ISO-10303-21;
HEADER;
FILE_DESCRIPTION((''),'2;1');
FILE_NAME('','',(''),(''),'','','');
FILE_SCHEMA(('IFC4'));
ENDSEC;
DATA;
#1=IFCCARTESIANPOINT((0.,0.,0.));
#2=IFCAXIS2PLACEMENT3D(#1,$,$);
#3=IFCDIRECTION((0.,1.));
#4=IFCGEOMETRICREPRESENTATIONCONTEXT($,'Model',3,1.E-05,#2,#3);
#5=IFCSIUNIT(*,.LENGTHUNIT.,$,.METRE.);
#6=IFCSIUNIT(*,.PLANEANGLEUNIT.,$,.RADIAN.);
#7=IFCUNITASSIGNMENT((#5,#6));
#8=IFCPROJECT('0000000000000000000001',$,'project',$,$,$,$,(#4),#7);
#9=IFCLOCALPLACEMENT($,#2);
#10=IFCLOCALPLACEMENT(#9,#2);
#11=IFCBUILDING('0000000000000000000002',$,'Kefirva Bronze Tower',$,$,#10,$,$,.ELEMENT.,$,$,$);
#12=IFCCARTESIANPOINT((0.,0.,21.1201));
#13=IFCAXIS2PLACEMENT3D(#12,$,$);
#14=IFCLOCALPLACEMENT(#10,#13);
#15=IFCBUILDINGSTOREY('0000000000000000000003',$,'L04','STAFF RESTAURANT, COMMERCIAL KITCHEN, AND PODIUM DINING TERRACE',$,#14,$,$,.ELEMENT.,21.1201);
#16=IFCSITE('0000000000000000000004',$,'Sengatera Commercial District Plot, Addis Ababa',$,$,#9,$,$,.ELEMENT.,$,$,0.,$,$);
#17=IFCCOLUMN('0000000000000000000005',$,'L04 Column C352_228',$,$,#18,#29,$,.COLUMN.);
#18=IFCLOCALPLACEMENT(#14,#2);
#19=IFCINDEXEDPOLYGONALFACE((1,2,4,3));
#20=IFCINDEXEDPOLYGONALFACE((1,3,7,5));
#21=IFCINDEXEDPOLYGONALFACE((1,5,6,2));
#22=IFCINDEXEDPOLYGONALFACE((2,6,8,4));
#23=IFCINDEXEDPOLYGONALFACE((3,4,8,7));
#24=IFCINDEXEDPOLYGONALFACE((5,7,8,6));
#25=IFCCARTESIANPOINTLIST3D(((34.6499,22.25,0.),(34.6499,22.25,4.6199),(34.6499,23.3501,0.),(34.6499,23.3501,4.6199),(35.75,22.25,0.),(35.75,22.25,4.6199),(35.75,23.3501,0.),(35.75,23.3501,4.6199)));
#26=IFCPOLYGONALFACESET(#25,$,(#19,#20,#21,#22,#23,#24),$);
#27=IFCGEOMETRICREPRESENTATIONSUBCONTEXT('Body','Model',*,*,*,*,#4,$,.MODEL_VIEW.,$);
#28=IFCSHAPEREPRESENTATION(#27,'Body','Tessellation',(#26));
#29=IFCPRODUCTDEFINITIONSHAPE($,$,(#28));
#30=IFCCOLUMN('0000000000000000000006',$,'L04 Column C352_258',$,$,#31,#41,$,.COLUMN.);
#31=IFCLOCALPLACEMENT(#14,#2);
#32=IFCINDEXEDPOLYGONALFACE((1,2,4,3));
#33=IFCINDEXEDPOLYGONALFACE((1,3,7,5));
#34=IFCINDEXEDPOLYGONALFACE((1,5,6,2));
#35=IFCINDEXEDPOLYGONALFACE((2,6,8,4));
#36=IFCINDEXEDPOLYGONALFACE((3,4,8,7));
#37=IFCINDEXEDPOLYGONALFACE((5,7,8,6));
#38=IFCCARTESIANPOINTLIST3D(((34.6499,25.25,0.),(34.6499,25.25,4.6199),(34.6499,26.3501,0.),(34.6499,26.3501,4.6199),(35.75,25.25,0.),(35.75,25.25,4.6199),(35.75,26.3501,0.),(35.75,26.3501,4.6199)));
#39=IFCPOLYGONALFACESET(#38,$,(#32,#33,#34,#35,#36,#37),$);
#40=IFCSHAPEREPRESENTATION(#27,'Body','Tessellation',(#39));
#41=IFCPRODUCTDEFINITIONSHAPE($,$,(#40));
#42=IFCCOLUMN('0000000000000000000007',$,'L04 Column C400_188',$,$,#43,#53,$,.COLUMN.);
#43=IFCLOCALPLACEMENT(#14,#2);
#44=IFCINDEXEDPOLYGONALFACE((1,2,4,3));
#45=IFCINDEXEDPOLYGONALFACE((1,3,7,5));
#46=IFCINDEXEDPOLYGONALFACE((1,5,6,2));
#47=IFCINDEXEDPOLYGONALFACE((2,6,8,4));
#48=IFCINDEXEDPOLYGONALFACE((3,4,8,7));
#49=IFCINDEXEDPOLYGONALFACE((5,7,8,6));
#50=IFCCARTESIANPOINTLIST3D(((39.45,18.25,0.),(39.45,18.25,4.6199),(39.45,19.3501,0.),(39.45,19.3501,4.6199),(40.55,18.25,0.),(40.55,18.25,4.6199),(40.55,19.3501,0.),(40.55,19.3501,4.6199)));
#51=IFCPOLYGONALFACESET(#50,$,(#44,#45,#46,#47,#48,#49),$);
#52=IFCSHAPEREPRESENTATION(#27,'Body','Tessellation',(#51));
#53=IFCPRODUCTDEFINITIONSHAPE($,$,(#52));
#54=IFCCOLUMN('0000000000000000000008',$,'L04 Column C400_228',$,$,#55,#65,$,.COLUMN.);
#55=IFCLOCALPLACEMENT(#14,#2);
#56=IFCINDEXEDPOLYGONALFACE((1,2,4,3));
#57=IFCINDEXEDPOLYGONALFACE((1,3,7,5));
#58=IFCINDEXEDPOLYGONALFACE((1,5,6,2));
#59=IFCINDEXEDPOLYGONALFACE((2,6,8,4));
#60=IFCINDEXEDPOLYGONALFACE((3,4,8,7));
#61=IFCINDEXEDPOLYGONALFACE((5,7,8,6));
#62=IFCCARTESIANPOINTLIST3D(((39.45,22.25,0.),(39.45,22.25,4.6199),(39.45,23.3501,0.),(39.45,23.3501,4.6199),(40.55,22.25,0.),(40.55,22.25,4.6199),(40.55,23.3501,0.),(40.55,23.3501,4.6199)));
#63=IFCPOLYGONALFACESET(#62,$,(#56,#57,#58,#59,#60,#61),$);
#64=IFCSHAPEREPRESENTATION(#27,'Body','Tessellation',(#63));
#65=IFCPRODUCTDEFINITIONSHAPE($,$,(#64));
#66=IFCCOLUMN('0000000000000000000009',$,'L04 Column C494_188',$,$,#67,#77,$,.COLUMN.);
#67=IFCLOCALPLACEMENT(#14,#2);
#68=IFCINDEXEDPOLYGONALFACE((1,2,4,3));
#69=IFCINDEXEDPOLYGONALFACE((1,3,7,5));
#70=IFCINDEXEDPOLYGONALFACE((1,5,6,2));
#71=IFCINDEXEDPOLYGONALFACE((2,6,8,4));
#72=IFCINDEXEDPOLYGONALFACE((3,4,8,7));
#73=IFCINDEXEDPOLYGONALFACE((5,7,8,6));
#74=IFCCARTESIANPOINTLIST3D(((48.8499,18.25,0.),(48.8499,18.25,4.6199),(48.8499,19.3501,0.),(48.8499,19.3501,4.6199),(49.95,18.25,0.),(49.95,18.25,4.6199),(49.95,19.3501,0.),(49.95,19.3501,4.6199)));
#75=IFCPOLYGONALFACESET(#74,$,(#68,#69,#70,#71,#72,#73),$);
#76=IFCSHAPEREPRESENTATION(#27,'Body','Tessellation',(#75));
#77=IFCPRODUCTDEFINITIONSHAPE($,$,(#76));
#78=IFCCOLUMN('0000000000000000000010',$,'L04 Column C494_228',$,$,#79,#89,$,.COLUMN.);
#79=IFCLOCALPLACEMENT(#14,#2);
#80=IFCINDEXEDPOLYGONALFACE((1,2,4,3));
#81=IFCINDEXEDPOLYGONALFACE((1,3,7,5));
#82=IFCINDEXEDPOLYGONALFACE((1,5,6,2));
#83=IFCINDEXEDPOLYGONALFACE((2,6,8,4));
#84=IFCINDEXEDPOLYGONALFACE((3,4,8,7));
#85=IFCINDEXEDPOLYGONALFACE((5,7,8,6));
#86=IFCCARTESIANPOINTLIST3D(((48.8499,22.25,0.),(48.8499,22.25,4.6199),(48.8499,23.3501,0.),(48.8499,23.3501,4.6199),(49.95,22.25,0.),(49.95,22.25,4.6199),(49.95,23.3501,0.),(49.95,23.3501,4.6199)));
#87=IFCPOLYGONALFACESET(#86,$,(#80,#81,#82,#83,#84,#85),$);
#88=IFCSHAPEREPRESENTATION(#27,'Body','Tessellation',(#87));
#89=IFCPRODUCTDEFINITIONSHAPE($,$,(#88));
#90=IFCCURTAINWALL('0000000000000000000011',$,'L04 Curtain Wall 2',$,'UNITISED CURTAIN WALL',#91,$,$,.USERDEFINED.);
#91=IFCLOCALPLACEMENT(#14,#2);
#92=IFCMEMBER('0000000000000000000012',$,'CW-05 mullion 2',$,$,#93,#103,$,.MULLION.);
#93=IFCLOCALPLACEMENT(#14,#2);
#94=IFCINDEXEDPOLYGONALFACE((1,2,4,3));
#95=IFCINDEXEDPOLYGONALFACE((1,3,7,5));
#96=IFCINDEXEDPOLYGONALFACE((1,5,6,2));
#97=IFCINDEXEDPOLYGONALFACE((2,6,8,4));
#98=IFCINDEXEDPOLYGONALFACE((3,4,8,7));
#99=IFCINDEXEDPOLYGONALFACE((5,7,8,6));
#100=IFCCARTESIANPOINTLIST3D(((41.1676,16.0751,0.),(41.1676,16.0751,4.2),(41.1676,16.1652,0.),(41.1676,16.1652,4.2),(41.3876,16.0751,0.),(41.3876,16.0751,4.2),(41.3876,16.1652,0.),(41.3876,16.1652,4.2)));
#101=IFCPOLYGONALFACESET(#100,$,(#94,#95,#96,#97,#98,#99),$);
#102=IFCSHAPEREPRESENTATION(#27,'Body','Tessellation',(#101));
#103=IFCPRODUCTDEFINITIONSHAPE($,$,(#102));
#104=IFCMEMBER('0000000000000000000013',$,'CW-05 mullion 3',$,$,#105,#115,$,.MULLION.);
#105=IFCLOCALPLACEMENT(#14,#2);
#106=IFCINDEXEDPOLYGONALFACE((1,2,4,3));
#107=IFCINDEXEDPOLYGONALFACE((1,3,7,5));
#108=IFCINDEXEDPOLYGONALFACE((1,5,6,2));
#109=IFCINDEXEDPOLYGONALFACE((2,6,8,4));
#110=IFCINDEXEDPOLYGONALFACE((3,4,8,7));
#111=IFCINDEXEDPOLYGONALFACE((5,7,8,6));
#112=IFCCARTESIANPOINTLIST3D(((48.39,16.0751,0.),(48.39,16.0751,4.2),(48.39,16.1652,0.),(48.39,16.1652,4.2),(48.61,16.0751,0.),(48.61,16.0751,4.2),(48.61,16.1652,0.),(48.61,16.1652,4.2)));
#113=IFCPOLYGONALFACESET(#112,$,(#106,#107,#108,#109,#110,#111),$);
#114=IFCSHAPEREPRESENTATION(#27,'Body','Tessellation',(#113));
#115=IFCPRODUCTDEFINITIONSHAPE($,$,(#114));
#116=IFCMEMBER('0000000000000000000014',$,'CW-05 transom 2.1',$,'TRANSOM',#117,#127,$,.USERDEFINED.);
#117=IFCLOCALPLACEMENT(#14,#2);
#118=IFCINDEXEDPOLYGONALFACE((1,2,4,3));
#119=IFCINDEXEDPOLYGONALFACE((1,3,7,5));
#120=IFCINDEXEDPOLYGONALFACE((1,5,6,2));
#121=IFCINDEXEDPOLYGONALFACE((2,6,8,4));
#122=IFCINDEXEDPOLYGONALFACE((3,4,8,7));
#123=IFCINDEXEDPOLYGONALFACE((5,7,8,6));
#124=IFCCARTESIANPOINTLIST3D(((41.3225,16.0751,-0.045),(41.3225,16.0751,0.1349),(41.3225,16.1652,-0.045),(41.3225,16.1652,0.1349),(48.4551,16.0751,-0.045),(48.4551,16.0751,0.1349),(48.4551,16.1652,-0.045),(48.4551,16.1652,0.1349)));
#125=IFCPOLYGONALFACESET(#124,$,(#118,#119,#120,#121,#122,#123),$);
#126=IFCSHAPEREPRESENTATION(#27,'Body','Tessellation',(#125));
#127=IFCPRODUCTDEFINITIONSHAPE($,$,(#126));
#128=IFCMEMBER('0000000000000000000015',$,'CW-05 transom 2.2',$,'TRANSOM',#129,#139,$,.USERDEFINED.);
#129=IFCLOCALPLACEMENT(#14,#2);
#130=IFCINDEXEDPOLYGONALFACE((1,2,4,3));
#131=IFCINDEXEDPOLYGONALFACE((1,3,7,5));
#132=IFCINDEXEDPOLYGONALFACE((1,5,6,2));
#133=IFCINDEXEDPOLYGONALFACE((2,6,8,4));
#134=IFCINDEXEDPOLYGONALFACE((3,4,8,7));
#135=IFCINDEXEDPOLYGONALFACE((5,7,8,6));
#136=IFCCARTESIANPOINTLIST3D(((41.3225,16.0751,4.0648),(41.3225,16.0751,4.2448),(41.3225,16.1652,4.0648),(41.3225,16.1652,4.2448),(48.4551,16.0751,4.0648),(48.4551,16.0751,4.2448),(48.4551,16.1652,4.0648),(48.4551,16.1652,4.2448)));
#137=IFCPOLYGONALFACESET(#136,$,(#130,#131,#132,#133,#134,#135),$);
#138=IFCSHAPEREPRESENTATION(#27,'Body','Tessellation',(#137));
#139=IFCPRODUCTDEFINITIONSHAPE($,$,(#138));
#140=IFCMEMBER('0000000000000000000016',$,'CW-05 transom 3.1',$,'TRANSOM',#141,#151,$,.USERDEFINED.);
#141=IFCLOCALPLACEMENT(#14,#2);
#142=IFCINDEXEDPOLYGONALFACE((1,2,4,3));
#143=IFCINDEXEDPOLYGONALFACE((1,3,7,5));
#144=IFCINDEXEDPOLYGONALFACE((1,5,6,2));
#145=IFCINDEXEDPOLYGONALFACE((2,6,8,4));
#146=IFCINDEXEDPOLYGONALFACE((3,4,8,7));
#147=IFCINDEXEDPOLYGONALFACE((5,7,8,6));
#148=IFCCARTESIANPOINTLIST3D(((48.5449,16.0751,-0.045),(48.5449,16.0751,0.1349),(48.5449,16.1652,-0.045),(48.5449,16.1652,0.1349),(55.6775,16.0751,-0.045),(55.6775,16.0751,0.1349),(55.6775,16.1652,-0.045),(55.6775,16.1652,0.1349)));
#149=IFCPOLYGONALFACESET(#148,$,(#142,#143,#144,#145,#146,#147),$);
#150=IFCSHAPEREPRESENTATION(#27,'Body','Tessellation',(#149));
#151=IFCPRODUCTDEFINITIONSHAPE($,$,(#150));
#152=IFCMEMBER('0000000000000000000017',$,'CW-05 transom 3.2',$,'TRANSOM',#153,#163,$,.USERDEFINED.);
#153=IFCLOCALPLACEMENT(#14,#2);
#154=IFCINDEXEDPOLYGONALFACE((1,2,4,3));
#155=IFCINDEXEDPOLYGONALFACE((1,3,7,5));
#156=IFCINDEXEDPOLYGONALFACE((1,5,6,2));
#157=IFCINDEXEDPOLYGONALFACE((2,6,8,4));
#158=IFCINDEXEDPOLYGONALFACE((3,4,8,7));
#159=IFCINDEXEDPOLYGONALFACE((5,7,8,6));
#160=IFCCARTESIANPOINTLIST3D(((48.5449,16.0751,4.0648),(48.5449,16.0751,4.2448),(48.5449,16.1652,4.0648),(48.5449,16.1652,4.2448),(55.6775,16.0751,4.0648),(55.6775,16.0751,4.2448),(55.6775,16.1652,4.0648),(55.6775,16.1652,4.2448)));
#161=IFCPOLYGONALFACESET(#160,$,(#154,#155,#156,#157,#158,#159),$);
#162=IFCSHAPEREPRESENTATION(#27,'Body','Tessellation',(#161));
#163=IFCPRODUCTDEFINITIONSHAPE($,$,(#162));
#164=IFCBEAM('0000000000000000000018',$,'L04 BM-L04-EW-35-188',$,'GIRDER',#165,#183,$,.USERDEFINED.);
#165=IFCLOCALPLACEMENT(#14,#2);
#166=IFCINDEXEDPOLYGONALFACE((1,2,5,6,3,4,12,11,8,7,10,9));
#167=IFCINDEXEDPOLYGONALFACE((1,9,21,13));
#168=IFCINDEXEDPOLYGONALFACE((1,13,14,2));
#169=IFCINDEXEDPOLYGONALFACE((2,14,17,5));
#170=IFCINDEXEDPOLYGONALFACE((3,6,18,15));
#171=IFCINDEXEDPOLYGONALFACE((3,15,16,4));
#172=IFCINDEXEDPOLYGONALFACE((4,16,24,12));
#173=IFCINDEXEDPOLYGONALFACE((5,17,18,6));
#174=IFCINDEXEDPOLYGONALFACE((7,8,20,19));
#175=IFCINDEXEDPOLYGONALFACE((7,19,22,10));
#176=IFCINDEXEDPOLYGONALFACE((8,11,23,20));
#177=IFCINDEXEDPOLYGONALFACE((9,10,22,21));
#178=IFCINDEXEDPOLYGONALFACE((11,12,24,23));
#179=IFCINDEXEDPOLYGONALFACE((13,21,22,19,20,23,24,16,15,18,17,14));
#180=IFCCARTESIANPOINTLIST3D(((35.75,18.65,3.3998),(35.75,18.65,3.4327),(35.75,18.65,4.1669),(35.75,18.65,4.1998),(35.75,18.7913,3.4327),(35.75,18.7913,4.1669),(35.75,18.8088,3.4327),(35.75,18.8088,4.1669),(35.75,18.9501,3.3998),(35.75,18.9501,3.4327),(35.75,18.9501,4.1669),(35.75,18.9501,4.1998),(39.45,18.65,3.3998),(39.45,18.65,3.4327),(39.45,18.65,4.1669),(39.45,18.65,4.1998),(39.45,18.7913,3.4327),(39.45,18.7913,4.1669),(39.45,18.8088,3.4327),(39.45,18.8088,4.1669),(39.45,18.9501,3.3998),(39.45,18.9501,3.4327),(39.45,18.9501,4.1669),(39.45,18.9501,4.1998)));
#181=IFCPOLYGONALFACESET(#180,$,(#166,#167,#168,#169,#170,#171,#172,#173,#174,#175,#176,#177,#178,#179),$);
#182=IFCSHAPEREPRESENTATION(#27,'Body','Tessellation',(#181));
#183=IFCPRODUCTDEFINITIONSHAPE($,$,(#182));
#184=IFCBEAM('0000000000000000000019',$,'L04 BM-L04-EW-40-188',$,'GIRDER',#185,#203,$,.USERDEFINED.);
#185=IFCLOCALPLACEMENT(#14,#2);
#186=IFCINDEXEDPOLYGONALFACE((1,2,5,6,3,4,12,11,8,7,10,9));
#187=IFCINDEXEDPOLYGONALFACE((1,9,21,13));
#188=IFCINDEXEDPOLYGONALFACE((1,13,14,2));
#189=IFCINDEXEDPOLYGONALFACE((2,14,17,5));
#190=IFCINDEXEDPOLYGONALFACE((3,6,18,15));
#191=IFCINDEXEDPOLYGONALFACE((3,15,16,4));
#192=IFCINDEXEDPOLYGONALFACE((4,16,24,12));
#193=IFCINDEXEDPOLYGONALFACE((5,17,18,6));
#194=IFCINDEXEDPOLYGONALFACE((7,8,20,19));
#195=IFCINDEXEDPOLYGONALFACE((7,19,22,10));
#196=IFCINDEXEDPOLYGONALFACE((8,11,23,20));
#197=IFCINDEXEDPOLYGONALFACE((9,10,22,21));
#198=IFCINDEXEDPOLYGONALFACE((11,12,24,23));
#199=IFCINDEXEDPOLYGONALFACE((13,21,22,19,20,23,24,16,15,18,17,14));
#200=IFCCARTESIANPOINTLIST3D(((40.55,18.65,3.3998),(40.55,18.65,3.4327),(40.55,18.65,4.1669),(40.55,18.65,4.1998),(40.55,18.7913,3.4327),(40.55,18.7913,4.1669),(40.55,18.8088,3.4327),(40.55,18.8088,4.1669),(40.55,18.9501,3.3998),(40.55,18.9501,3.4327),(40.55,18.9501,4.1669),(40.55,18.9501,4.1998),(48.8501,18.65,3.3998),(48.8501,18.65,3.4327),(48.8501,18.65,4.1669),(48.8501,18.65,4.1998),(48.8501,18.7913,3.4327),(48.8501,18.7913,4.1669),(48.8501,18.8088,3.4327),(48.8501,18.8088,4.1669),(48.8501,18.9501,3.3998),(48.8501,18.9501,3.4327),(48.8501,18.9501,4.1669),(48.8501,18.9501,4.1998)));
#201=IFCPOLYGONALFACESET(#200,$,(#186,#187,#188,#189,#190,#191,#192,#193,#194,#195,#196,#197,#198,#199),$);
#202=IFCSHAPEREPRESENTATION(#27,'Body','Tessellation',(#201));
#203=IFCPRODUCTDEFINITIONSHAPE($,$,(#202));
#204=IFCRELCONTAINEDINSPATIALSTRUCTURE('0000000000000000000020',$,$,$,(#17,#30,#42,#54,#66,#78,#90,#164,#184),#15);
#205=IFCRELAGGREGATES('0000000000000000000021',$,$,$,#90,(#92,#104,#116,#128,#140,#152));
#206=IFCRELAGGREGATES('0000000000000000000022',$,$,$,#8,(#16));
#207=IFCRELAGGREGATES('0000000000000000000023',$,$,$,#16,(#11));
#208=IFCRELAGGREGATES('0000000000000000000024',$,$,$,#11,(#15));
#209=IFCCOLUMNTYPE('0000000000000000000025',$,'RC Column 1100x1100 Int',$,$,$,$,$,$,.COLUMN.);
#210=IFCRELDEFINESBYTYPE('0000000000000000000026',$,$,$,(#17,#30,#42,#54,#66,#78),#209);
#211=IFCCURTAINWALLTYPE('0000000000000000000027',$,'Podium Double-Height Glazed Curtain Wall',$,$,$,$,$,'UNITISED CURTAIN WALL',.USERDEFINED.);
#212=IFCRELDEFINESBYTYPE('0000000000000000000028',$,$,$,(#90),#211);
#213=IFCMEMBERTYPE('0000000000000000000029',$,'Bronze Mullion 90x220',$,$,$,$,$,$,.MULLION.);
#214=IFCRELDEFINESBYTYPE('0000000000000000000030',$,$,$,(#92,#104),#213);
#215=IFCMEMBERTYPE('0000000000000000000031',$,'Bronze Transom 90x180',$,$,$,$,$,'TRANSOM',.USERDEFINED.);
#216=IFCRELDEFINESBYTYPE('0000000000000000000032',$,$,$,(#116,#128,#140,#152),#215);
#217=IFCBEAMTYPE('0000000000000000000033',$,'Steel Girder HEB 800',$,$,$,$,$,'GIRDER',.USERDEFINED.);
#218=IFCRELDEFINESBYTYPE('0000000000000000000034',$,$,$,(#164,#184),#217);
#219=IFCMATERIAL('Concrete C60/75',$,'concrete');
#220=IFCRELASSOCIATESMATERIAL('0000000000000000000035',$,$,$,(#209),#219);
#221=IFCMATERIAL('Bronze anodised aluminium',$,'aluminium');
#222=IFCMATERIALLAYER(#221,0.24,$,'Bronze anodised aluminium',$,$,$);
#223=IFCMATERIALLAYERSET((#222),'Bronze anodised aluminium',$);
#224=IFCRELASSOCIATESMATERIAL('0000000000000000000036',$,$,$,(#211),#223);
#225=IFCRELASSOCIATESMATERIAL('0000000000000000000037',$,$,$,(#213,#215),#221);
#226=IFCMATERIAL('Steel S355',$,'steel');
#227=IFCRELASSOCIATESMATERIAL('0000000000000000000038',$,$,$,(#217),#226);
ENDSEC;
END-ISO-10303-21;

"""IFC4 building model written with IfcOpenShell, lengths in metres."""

from ifc_helpers import new_model, si_unit, direction, frame, origin, origin_2d, place, context, subcontext, project, spatial, rectangle, i_section, extrude, material, layer, layer_set, material_profile, profile_set, type_object, element, aggregate, save


model = new_model("IFC4")

# Units and contexts
model_context = context("Model", 3, precision=1e-05, world=origin(), true_north=direction((0.0, 1.0)))
body_context = subcontext(model_context, "Body", "Model", "MODEL_VIEW")
ifc_project = project(units=[si_unit("LENGTHUNIT", "METRE"), si_unit("PLANEANGLEUNIT", "RADIAN")], contexts=[model_context])

# Site, building, storey
site_placement = place(None, origin())
site = spatial("IfcSite", under=ifc_project, at=site_placement, Name="Sengatera Commercial District Plot, Addis Ababa", CompositionType="ELEMENT", RefElevation=0.0)
building_placement = place(site_placement, origin())
building = spatial("IfcBuilding", under=site, at=building_placement, Name="Kefirva Bronze Tower", CompositionType="ELEMENT")
storey_placement = place(building_placement, frame((0.0, 0.0, 21.1201)))
storey = spatial("IfcBuildingStorey", under=building, at=storey_placement, Name="L04", Description="STAFF RESTAURANT, COMMERCIAL KITCHEN, AND PODIUM DINING TERRACE", CompositionType="ELEMENT", Elevation=21.1201)

# Columns
ifc_material_1 = material(Name="Concrete C60/75", Category="concrete")
ifc_material_profile_1 = material_profile(ifc_material_1, rectangle(XDim=1.1001, YDim=1.1001, at=origin_2d()), Name="RC 1100x1100")
ifc_profile_set_1 = profile_set([ifc_material_profile_1], Name="Concrete C60/75")
column_type = type_object("IfcColumnType", Name="RC Column 1100x1100 Int", PredefinedType="COLUMN", material=ifc_profile_set_1)
for number, where, z_axis, x_axis, name in (
    (1, (35.2, 22.8, 0.0), (0.0, 0.0, 1.0), (1.0, 0.0, 0.0), "L04 Column C352_228"),
    (2, (35.2, 25.8, 0.0), (0.0, 0.0, 1.0), (1.0, 0.0, 0.0), "L04 Column C352_258"),
    (3, (40.0, 18.8, 0.0), (0.0, 0.0, 1.0), (1.0, 0.0, 0.0), "L04 Column C400_188"),
    (4, (40.0, 22.8, 0.0), (0.0, 0.0, 1.0), (1.0, 0.0, 0.0), "L04 Column C400_228"),
    (5, (49.3999, 18.8, 0.0), (0.0, 0.0, 1.0), (1.0, 0.0, 0.0), "L04 Column C494_188"),
    (6, (49.3999, 22.8, 0.0), (0.0, 0.0, 1.0), (1.0, 0.0, 0.0), "L04 Column C494_228"),
):
    element("IfcColumn", number, at=place(storey_placement, frame(where, z_axis=z_axis, x_axis=x_axis)), inside=storey, type_object=column_type, Name=name, PredefinedType="COLUMN", context=body_context, shape_type="SweptSolid", body=[
        extrude(rectangle(XDim=1.1001, YDim=1.1001, at=origin_2d()), origin(), (0.0, 0.0, 1.0), 4.6199),
    ])

# Curtain wall, members
ifc_material_2 = material(Name="Bronze anodised aluminium", Category="aluminium")
ifc_layer_1 = layer(ifc_material_2, 0.24, Name="Bronze anodised aluminium")
ifc_layer_set_1 = layer_set([ifc_layer_1], Name="Bronze anodised aluminium")
curtain_wall_type = type_object("IfcCurtainWallType", Name="Podium Double-Height Glazed Curtain Wall", ElementType="UNITISED CURTAIN WALL", PredefinedType="USERDEFINED", material=ifc_layer_set_1)
curtain_wall_placement = place(storey_placement, origin())
curtain_wall = element("IfcCurtainWall", 7, at=curtain_wall_placement, inside=storey, type_object=curtain_wall_type, Name="L04 Curtain Wall 2", ObjectType="UNITISED CURTAIN WALL", PredefinedType="USERDEFINED")
ifc_material_profile_2 = material_profile(ifc_material_2, rectangle(XDim=0.0901, YDim=0.22, at=origin_2d()), Name="ALU 90x220")
ifc_profile_set_2 = profile_set([ifc_material_profile_2], Name="Bronze anodised aluminium")
member_type_1 = type_object("IfcMemberType", Name="Bronze Mullion 90x220", PredefinedType="MULLION", material=ifc_profile_set_2)
member_1_placement = place(storey_placement, frame((41.2776, 16.1201, 0.0), z_axis=(0.0, 0.0, 1.0), x_axis=(0.0, 1.0, 0.0)))
member_1 = element("IfcMember", 8, at=member_1_placement, type_object=member_type_1, Name="CW-05 mullion 2", PredefinedType="MULLION", context=body_context, shape_type="SweptSolid", body=[
    extrude(rectangle(XDim=0.0901, YDim=0.22, at=origin_2d()), origin(), (0.0, 0.0, 1.0), 4.2),
])
member_2_placement = place(storey_placement, frame((48.5, 16.1201, 0.0), z_axis=(0.0, 0.0, 1.0), x_axis=(0.0, 1.0, 0.0)))
member_2 = element("IfcMember", 9, at=member_2_placement, type_object=member_type_1, Name="CW-05 mullion 3", PredefinedType="MULLION", context=body_context, shape_type="SweptSolid", body=[
    extrude(rectangle(XDim=0.0901, YDim=0.22, at=origin_2d()), origin(), (0.0, 0.0, 1.0), 4.2),
])
ifc_material_profile_3 = material_profile(ifc_material_2, rectangle(XDim=0.0901, YDim=0.1799, at=origin_2d()), Name="ALU 90x180")
ifc_profile_set_3 = profile_set([ifc_material_profile_3], Name="Bronze anodised aluminium")
member_type_2 = type_object("IfcMemberType", Name="Bronze Transom 90x180", ElementType="TRANSOM", PredefinedType="USERDEFINED", material=ifc_profile_set_3)
member_3_placement = place(storey_placement, frame((41.3225, 16.1201, 0.0449), z_axis=(1.0, 0.0, 0.0), x_axis=(0.0, 1.0, 0.0)))
member_3 = element("IfcMember", 10, at=member_3_placement, type_object=member_type_2, Name="CW-05 transom 2.1", ObjectType="TRANSOM", PredefinedType="USERDEFINED", context=body_context, shape_type="SweptSolid", body=[
    extrude(rectangle(XDim=0.0901, YDim=0.1799, at=origin_2d()), origin(), (0.0, 0.0, 1.0), 7.1326),
])
member_4_placement = place(storey_placement, frame((41.3225, 16.1201, 4.1548), z_axis=(1.0, 0.0, 0.0), x_axis=(0.0, 1.0, 0.0)))
member_4 = element("IfcMember", 11, at=member_4_placement, type_object=member_type_2, Name="CW-05 transom 2.2", ObjectType="TRANSOM", PredefinedType="USERDEFINED", context=body_context, shape_type="SweptSolid", body=[
    extrude(rectangle(XDim=0.0901, YDim=0.1799, at=origin_2d()), origin(), (0.0, 0.0, 1.0), 7.1326),
])
member_5_placement = place(storey_placement, frame((48.5449, 16.1201, 0.0449), z_axis=(1.0, 0.0, 0.0), x_axis=(0.0, 1.0, 0.0)))
member_5 = element("IfcMember", 12, at=member_5_placement, type_object=member_type_2, Name="CW-05 transom 3.1", ObjectType="TRANSOM", PredefinedType="USERDEFINED", context=body_context, shape_type="SweptSolid", body=[
    extrude(rectangle(XDim=0.0901, YDim=0.1799, at=origin_2d()), origin(), (0.0, 0.0, 1.0), 7.1326),
])
member_6_placement = place(storey_placement, frame((48.5449, 16.1201, 4.1548), z_axis=(1.0, 0.0, 0.0), x_axis=(0.0, 1.0, 0.0)))
member_6 = element("IfcMember", 13, at=member_6_placement, type_object=member_type_2, Name="CW-05 transom 3.2", ObjectType="TRANSOM", PredefinedType="USERDEFINED", context=body_context, shape_type="SweptSolid", body=[
    extrude(rectangle(XDim=0.0901, YDim=0.1799, at=origin_2d()), origin(), (0.0, 0.0, 1.0), 7.1326),
])

# Beams
ifc_material_3 = material(Name="Steel S355", Category="steel")
ifc_material_profile_4 = material_profile(ifc_material_3, i_section(OverallWidth=0.3, OverallDepth=0.8, WebThickness=0.0176, FlangeThickness=0.033, at=origin_2d()), Name="HEB 800")
ifc_profile_set_4 = profile_set([ifc_material_profile_4], Name="Steel S355")
beam_type = type_object("IfcBeamType", Name="Steel Girder HEB 800", ElementType="GIRDER", PredefinedType="USERDEFINED", material=ifc_profile_set_4)
beam_1_placement = place(storey_placement, frame((35.75, 18.8, 3.7998), z_axis=(1.0, 0.0, 0.0), x_axis=(0.0, 1.0, 0.0)))
element("IfcBeam", 14, at=beam_1_placement, inside=storey, type_object=beam_type, Name="L04 BM-L04-EW-35-188", ObjectType="GIRDER", PredefinedType="USERDEFINED", context=body_context, shape_type="SweptSolid", body=[
    extrude(i_section(OverallWidth=0.3, OverallDepth=0.8, WebThickness=0.0176, FlangeThickness=0.033, at=origin_2d()), origin(), (0.0, 0.0, 1.0), 3.7),
])
beam_2_placement = place(storey_placement, frame((40.55, 18.8, 3.7998), z_axis=(1.0, 0.0, 0.0), x_axis=(0.0, 1.0, 0.0)))
element("IfcBeam", 15, at=beam_2_placement, inside=storey, type_object=beam_type, Name="L04 BM-L04-EW-40-188", ObjectType="GIRDER", PredefinedType="USERDEFINED", context=body_context, shape_type="SweptSolid", body=[
    extrude(i_section(OverallWidth=0.3, OverallDepth=0.8, WebThickness=0.0176, FlangeThickness=0.033, at=origin_2d()), origin(), (0.0, 0.0, 1.0), 8.3),
])

aggregate(curtain_wall, [member_1, member_2, member_3, member_4, member_5, member_6])

save(model, "model.ifc")
